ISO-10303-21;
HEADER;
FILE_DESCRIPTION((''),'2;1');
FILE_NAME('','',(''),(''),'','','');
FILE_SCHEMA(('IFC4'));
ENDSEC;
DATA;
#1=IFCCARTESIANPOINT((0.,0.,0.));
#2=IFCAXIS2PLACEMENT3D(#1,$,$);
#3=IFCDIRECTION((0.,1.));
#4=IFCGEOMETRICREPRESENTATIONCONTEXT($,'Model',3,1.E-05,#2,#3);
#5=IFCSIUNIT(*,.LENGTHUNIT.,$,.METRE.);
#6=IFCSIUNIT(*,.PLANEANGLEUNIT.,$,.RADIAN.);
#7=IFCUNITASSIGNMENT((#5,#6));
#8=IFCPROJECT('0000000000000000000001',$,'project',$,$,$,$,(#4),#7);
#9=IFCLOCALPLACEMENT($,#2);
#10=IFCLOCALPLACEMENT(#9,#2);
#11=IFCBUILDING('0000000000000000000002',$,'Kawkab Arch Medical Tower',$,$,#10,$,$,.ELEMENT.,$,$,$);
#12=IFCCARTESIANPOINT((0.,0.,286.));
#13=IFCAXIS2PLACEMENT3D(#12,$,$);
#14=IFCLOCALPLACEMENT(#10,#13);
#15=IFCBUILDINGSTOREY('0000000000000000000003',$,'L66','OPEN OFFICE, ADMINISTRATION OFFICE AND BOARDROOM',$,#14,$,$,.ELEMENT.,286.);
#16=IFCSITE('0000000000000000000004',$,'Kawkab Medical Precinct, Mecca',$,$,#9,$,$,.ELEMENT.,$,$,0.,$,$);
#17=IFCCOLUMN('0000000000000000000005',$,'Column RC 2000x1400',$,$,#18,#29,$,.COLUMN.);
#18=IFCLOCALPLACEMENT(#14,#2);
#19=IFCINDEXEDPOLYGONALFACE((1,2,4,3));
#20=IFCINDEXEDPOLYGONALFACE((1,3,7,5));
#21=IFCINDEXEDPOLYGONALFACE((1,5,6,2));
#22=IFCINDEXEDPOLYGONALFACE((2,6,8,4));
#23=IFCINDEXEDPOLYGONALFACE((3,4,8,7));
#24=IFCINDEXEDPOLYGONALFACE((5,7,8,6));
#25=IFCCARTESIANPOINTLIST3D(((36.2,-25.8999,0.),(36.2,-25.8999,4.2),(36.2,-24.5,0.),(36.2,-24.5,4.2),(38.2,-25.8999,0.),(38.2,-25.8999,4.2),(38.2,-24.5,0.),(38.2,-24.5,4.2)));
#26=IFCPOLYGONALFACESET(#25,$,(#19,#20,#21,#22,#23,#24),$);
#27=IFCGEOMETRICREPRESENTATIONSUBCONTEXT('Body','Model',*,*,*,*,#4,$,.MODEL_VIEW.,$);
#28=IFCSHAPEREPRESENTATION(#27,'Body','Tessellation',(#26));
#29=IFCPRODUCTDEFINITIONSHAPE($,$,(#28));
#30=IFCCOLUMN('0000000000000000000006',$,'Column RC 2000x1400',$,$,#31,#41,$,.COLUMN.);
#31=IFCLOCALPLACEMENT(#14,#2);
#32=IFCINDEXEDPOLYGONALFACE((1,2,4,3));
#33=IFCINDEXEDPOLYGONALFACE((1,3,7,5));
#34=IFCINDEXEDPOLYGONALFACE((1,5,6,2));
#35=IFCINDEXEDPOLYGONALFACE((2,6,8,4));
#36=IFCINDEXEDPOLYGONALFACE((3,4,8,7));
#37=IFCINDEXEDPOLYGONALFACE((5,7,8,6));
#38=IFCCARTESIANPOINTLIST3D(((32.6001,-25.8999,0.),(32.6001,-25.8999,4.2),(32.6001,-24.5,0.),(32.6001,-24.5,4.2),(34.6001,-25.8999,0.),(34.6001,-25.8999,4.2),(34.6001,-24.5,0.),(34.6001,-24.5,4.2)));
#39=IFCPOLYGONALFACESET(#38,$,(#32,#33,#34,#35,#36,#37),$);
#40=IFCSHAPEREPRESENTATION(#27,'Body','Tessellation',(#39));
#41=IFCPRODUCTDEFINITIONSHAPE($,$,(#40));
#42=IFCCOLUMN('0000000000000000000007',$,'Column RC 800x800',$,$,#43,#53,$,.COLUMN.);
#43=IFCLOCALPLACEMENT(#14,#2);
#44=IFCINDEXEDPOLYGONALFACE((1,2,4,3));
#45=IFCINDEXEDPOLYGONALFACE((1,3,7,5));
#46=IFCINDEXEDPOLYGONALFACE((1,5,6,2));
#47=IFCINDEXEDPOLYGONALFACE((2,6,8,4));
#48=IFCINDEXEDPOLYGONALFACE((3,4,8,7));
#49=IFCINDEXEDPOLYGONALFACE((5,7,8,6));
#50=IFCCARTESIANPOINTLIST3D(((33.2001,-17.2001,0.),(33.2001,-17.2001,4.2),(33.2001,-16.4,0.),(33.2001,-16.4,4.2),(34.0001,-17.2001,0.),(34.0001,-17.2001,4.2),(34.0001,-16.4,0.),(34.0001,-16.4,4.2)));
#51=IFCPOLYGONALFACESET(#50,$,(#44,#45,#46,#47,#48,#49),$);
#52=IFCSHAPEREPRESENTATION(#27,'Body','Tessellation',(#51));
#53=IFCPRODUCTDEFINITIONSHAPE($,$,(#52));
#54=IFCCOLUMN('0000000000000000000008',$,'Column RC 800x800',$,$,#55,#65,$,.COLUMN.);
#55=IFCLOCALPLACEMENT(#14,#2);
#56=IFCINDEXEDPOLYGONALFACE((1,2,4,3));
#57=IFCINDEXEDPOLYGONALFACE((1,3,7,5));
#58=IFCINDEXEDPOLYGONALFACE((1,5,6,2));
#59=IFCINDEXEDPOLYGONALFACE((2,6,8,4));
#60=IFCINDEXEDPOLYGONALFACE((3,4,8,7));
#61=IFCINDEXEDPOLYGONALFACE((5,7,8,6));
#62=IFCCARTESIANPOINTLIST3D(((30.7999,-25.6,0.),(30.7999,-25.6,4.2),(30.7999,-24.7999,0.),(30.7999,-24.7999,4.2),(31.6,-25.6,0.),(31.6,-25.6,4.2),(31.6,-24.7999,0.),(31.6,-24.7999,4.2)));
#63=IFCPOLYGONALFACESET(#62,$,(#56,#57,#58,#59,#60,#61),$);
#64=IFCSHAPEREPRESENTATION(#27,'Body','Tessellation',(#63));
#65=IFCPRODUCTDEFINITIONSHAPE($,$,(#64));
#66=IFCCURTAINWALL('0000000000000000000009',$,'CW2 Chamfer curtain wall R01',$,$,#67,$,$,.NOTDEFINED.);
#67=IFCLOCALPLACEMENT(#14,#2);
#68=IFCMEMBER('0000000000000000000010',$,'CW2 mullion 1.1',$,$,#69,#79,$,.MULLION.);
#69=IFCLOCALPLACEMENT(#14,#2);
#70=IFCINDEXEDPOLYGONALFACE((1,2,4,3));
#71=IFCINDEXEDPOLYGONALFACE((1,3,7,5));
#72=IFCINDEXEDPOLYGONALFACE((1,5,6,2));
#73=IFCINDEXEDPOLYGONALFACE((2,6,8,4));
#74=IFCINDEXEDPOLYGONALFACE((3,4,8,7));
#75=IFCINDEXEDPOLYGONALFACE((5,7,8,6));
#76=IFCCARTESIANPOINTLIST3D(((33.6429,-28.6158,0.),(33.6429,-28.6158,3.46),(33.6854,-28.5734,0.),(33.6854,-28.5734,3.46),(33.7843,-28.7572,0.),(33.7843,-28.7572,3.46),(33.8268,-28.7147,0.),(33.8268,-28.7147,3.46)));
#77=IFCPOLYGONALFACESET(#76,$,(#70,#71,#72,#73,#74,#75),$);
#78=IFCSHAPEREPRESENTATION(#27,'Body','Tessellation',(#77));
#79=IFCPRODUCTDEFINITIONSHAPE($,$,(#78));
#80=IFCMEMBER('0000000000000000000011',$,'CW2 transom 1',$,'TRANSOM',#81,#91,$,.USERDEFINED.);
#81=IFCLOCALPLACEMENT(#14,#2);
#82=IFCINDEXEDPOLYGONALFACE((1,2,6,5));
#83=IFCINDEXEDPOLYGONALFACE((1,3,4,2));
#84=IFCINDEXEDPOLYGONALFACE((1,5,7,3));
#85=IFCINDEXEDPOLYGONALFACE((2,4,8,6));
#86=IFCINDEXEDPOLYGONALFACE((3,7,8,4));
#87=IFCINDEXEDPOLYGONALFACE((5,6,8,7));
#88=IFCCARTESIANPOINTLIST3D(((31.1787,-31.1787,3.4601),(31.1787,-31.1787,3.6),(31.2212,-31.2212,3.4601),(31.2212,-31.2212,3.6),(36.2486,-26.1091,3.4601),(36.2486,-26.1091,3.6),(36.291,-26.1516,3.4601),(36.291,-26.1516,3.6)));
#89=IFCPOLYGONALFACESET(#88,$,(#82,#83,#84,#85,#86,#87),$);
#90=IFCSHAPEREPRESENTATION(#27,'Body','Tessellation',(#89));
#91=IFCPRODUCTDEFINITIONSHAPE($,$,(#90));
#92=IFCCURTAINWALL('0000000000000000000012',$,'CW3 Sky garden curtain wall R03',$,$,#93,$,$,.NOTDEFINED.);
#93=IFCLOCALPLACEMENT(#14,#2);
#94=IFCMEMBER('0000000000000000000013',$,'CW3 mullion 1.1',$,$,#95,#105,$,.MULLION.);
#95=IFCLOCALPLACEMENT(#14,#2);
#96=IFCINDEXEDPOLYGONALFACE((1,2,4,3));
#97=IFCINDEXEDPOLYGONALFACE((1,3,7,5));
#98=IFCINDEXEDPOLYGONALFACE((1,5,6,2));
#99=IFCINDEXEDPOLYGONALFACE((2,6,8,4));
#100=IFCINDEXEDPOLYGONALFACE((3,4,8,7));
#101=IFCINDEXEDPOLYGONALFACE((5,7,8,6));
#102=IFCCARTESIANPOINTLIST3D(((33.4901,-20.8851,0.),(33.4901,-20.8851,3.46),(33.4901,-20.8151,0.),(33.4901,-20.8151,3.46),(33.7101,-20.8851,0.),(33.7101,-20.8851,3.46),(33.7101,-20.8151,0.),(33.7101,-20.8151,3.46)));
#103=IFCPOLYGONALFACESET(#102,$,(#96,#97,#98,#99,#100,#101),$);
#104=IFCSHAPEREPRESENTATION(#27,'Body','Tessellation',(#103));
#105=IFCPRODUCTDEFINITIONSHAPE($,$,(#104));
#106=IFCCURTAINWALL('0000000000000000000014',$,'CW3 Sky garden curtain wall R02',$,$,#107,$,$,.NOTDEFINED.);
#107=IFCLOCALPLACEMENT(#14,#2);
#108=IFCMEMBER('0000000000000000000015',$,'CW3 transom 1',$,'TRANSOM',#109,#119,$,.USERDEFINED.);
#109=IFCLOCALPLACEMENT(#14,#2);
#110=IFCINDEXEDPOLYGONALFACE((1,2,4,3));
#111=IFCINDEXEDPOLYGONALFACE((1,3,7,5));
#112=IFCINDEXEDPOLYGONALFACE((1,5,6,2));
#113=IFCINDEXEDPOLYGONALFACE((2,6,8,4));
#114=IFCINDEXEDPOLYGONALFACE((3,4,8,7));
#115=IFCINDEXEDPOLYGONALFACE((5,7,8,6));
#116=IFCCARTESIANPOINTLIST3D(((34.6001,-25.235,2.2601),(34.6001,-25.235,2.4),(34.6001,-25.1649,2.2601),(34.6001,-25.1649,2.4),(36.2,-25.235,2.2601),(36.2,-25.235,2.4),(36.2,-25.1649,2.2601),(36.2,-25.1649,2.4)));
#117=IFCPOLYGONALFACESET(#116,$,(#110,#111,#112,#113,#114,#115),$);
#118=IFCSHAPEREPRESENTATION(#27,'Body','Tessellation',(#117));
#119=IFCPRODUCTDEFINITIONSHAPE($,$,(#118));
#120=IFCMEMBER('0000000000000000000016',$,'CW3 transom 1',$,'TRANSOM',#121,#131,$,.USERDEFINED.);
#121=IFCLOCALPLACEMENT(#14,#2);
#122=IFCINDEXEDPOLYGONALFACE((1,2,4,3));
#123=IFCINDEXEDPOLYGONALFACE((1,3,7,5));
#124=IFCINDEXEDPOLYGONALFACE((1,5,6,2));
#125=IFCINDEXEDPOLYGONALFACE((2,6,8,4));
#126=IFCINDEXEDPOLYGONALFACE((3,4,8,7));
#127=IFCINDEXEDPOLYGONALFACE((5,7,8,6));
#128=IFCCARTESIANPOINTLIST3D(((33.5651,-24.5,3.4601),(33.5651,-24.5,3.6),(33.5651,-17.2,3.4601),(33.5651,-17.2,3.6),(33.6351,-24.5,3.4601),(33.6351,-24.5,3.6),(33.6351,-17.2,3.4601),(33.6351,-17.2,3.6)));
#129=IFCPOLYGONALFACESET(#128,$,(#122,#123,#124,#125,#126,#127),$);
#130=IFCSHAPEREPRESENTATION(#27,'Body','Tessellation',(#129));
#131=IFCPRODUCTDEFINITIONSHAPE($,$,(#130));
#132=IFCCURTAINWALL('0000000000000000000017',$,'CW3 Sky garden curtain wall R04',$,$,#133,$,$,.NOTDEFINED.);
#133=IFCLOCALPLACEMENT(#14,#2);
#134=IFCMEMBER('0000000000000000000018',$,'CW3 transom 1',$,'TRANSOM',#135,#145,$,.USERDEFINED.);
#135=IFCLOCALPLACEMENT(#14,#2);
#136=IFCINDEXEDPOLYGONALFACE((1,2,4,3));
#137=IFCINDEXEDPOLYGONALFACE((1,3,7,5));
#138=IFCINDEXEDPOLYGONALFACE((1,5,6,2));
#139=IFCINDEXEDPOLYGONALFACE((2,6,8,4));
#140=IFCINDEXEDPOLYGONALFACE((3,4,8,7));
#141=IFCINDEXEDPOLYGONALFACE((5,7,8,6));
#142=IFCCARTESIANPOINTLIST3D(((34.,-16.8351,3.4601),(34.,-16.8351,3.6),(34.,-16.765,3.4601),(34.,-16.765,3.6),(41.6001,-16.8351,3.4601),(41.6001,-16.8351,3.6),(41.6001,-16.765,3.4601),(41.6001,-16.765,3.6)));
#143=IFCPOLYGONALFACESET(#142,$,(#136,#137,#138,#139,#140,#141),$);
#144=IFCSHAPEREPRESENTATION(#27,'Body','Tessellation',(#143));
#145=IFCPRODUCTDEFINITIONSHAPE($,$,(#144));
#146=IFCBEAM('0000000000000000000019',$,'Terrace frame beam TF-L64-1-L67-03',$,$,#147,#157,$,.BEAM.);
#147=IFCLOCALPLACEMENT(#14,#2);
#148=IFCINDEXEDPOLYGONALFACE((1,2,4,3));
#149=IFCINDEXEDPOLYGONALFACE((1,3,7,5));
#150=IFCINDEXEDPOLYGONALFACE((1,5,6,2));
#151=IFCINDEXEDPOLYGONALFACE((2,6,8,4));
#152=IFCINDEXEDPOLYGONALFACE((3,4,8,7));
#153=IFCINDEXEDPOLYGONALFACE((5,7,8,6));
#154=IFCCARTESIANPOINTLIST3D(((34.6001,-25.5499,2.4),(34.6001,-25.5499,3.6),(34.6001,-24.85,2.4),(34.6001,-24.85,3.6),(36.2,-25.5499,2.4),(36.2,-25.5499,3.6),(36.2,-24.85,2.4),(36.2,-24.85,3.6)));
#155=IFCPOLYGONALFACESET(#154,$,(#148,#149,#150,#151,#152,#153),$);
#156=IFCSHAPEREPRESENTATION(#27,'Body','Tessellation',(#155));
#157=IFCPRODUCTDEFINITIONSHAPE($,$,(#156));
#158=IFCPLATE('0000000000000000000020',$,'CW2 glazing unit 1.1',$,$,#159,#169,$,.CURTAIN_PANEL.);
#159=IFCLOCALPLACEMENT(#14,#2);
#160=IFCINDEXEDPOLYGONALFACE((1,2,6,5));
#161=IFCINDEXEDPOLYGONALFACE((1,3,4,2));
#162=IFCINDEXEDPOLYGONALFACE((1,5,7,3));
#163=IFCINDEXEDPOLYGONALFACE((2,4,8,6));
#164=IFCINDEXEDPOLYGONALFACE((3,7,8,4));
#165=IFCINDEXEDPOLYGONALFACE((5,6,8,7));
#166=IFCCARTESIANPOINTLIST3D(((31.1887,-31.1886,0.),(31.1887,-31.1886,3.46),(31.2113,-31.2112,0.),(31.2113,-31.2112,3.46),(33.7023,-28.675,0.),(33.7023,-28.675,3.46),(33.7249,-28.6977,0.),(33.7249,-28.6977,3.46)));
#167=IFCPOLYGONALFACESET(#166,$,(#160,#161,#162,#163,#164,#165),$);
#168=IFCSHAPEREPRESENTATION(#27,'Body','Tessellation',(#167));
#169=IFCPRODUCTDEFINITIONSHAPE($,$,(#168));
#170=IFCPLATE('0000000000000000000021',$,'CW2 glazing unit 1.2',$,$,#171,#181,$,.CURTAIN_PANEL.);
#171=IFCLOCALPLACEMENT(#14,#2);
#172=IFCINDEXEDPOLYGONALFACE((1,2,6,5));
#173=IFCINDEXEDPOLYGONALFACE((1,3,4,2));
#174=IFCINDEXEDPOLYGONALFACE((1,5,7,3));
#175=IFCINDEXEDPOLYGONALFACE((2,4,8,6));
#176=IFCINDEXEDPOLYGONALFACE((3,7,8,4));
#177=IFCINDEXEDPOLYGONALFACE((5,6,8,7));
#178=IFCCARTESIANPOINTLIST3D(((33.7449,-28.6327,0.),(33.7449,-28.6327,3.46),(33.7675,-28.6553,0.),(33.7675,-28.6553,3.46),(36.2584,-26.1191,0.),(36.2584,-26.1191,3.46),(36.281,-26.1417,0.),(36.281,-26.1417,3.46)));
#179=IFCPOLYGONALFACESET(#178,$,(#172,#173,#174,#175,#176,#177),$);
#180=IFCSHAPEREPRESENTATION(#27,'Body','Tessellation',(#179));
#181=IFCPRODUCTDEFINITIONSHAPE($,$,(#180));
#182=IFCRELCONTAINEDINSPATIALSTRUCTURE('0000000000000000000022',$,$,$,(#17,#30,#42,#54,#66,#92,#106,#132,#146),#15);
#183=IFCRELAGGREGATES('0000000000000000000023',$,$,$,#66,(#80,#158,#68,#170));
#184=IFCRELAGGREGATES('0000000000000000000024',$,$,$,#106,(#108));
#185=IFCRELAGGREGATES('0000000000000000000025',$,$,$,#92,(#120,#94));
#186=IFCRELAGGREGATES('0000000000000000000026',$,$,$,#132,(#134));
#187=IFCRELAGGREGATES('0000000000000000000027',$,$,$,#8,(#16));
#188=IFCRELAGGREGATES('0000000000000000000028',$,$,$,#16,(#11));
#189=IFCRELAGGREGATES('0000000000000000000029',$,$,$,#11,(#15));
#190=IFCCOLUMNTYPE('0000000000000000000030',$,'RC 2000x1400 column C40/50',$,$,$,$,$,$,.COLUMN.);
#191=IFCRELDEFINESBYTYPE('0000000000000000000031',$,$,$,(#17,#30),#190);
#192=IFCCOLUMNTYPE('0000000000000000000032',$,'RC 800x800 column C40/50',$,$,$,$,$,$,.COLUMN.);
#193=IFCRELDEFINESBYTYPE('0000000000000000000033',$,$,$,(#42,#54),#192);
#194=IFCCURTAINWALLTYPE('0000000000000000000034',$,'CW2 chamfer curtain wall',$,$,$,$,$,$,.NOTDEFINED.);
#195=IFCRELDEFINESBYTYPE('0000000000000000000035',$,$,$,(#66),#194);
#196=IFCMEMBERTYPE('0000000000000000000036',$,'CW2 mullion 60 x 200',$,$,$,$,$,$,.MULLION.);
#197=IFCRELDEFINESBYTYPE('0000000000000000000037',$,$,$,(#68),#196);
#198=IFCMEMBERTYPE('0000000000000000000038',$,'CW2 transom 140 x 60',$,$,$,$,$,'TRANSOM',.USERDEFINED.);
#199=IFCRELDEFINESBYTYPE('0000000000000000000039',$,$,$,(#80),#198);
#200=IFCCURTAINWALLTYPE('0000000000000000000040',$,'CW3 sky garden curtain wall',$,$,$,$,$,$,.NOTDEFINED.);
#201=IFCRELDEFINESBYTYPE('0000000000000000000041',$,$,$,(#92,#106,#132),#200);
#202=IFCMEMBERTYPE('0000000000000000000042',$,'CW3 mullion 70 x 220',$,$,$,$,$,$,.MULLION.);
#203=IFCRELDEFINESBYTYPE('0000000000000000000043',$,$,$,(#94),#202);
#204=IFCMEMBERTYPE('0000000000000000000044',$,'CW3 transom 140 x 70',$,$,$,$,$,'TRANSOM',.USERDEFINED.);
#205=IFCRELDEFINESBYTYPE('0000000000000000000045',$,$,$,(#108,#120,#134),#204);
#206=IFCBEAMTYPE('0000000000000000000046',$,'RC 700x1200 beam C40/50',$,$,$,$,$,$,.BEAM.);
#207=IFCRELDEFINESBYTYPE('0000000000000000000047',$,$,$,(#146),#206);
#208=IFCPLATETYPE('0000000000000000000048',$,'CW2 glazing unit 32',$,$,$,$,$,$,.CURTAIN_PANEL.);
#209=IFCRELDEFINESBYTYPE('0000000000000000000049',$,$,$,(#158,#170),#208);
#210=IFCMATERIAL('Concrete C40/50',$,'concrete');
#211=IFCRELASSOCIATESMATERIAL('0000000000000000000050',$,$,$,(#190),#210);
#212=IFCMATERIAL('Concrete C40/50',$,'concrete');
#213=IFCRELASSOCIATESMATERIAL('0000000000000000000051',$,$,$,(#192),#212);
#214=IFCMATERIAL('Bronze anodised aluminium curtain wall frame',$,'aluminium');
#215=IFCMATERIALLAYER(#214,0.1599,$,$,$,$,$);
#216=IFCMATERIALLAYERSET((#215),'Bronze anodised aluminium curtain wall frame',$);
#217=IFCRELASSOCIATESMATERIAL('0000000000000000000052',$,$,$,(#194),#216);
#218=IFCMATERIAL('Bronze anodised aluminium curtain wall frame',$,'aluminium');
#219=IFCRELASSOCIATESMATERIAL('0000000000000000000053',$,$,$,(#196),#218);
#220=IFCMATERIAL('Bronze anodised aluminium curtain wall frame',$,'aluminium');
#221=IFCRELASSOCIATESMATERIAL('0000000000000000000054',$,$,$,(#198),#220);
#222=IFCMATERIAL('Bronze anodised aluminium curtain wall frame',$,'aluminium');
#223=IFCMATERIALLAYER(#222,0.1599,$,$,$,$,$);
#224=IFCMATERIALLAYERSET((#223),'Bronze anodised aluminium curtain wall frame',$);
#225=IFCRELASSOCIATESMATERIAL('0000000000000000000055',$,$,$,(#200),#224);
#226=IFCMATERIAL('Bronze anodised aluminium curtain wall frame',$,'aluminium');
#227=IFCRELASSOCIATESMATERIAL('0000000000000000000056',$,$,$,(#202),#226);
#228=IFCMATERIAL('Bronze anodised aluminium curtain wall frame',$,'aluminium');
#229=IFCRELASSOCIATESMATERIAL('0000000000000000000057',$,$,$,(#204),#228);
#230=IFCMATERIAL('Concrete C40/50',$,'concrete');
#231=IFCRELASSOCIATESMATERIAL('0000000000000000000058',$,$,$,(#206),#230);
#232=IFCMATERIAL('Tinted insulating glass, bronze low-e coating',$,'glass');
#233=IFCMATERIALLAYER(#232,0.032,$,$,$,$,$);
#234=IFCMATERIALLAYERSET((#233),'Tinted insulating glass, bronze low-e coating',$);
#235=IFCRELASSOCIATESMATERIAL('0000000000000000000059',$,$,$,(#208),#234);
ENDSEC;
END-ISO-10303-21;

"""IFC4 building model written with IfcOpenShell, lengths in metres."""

from ifc_helpers import new_model, si_unit, direction, frame, origin, origin_2d, place, context, subcontext, project, spatial, rectangle, extrude, material, layer, layer_set, material_profile, profile_set, type_object, element, aggregate, save


model = new_model("IFC4")

# Units and contexts
model_context = context("Model", 3, precision=1e-05, world=origin(), true_north=direction((0.0, 1.0)))
body_context = subcontext(model_context, "Body", "Model", "MODEL_VIEW")
ifc_project = project(units=[si_unit("LENGTHUNIT", "METRE"), si_unit("PLANEANGLEUNIT", "RADIAN")], contexts=[model_context])

# Site, building, storey
site_placement = place(None, origin())
site = spatial("IfcSite", under=ifc_project, at=site_placement, Name="Kawkab Medical Precinct, Mecca", CompositionType="ELEMENT", RefElevation=0.0)
building_placement = place(site_placement, origin())
building = spatial("IfcBuilding", under=site, at=building_placement, Name="Kawkab Arch Medical Tower", CompositionType="ELEMENT")
storey_placement = place(building_placement, frame((0.0, 0.0, 286.0)))
storey = spatial("IfcBuildingStorey", under=building, at=storey_placement, Name="L66", Description="OPEN OFFICE, ADMINISTRATION OFFICE AND BOARDROOM", CompositionType="ELEMENT", Elevation=286.0)

# Columns
ifc_material_1 = material(Name="Concrete C40/50", Category="concrete")
ifc_material_profile_1 = material_profile(ifc_material_1, rectangle(XDim=2.0, YDim=1.3999, at=origin_2d()), Name="RC 2000x1400")
ifc_profile_set_1 = profile_set([ifc_material_profile_1], Name="Concrete C40/50")
column_type_1 = type_object("IfcColumnType", Name="RC 2000x1400 column C40/50", PredefinedType="COLUMN", material=ifc_profile_set_1)
for number, where, z_axis, x_axis, name in (
    (1, (37.2, -25.2, 0.0), (0.0, 0.0, 1.0), (-1.0, 0.0, 0.0), "Column RC 2000x1400"),
    (2, (33.6001, -25.2, 0.0), (0.0, 0.0, 1.0), (-1.0, 0.0, 0.0), "Column RC 2000x1400"),
):
    element("IfcColumn", number, at=place(storey_placement, frame(where, z_axis=z_axis, x_axis=x_axis)), inside=storey, type_object=column_type_1, Name=name, PredefinedType="COLUMN", context=body_context, shape_type="SweptSolid", body=[
        extrude(rectangle(XDim=2.0, YDim=1.3999, at=origin_2d()), origin(), (0.0, 0.0, 1.0), 4.2),
    ])
ifc_material_2 = material(Name="Concrete C40/50", Category="concrete")
ifc_material_profile_2 = material_profile(ifc_material_2, rectangle(XDim=0.8, YDim=0.8, at=origin_2d()), Name="RC 800x800")
ifc_profile_set_2 = profile_set([ifc_material_profile_2], Name="Concrete C40/50")
column_type_2 = type_object("IfcColumnType", Name="RC 800x800 column C40/50", PredefinedType="COLUMN", material=ifc_profile_set_2)
for number, where, z_axis, x_axis, name in (
    (3, (33.6001, -16.8, 0.0), (0.0, 0.0, 1.0), (1.0, 0.0, 0.0), "Column RC 800x800"),
    (4, (31.2, -25.2, 0.0), (0.0, 0.0, 1.0), (1.0, 0.0, 0.0), "Column RC 800x800"),
):
    element("IfcColumn", number, at=place(storey_placement, frame(where, z_axis=z_axis, x_axis=x_axis)), inside=storey, type_object=column_type_2, Name=name, PredefinedType="COLUMN", context=body_context, shape_type="SweptSolid", body=[
        extrude(rectangle(XDim=0.8, YDim=0.8, at=origin_2d()), origin(), (0.0, 0.0, 1.0), 4.2),
    ])

# Curtain wall, members
ifc_material_3 = material(Name="Bronze anodised aluminium curtain wall frame", Category="aluminium")
ifc_layer_1 = layer(ifc_material_3, 0.1599)
ifc_layer_set_1 = layer_set([ifc_layer_1], Name="Bronze anodised aluminium curtain wall frame")
curtain_wall_type_1 = type_object("IfcCurtainWallType", Name="CW2 chamfer curtain wall", PredefinedType="NOTDEFINED", material=ifc_layer_set_1)
placement = place(storey_placement, origin())
curtain_wall_1 = element("IfcCurtainWall", 5, at=placement, inside=storey, type_object=curtain_wall_type_1, Name="CW2 Chamfer curtain wall R01", PredefinedType="NOTDEFINED")
ifc_material_4 = material(Name="Bronze anodised aluminium curtain wall frame", Category="aluminium")
ifc_material_profile_3 = material_profile(ifc_material_4, rectangle(XDim=0.2, YDim=0.0601, at=origin_2d()), Name="AL 60x200")
ifc_profile_set_3 = profile_set([ifc_material_profile_3], Name="Bronze anodised aluminium curtain wall frame")
member_type_1 = type_object("IfcMemberType", Name="CW2 mullion 60 x 200", PredefinedType="MULLION", material=ifc_profile_set_3)
member_1_placement = place(storey_placement, frame((33.7349, -28.6653, 0.0), z_axis=(0.0, 0.0, 1.0), x_axis=(-0.707107, 0.707107, 0.0)))
member_1 = element("IfcMember", 6, at=member_1_placement, type_object=member_type_1, Name="CW2 mullion 1.1", PredefinedType="MULLION", context=body_context, shape_type="SweptSolid", body=[
    extrude(rectangle(XDim=0.2, YDim=0.0601, at=origin_2d()), origin(), (0.0, 0.0, 1.0), 3.46),
])
ifc_material_5 = material(Name="Bronze anodised aluminium curtain wall frame", Category="aluminium")
ifc_material_profile_4 = material_profile(ifc_material_5, rectangle(XDim=0.0601, YDim=0.1399, at=origin_2d()), Name="AL 60x140")
ifc_profile_set_4 = profile_set([ifc_material_profile_4], Name="Bronze anodised aluminium curtain wall frame")
member_type_2 = type_object("IfcMemberType", Name="CW2 transom 140 x 60", ElementType="TRANSOM", PredefinedType="USERDEFINED", material=ifc_profile_set_4)
member_2_placement = place(storey_placement, frame((31.2, -31.2, 3.53), z_axis=(0.707124, 0.70709, 0.0), x_axis=(-0.70709, 0.707124, 0.0)))
member_2 = element("IfcMember", 7, at=member_2_placement, type_object=member_type_2, Name="CW2 transom 1", ObjectType="TRANSOM", PredefinedType="USERDEFINED", context=body_context, shape_type="SweptSolid", body=[
    extrude(rectangle(XDim=0.0601, YDim=0.1399, at=origin_2d()), origin(), (0.0, 0.0, 1.0), 7.1697),
])

# Curtain walls, members
ifc_material_6 = material(Name="Bronze anodised aluminium curtain wall frame", Category="aluminium")
ifc_layer_2 = layer(ifc_material_6, 0.1599)
ifc_layer_set_2 = layer_set([ifc_layer_2], Name="Bronze anodised aluminium curtain wall frame")
curtain_wall_type_2 = type_object("IfcCurtainWallType", Name="CW3 sky garden curtain wall", PredefinedType="NOTDEFINED", material=ifc_layer_set_2)
curtain_wall_2 = element("IfcCurtainWall", 8, at=placement, inside=storey, type_object=curtain_wall_type_2, Name="CW3 Sky garden curtain wall R03", PredefinedType="NOTDEFINED")
ifc_material_7 = material(Name="Bronze anodised aluminium curtain wall frame", Category="aluminium")
ifc_material_profile_5 = material_profile(ifc_material_7, rectangle(XDim=0.22, YDim=0.0701, at=origin_2d()), Name="AL 70x220")
ifc_profile_set_5 = profile_set([ifc_material_profile_5], Name="Bronze anodised aluminium curtain wall frame")
member_type_3 = type_object("IfcMemberType", Name="CW3 mullion 70 x 220", PredefinedType="MULLION", material=ifc_profile_set_5)
member_3_placement = place(storey_placement, frame((33.6001, -20.8501, 0.0), z_axis=(0.0, 0.0, 1.0), x_axis=(-1.0, 0.0, 0.0)))
member_3 = element("IfcMember", 9, at=member_3_placement, type_object=member_type_3, Name="CW3 mullion 1.1", PredefinedType="MULLION", context=body_context, shape_type="SweptSolid", body=[
    extrude(rectangle(XDim=0.22, YDim=0.0701, at=origin_2d()), origin(), (0.0, 0.0, 1.0), 3.46),
])
curtain_wall_3 = element("IfcCurtainWall", 10, at=placement, inside=storey, type_object=curtain_wall_type_2, Name="CW3 Sky garden curtain wall R02", PredefinedType="NOTDEFINED")
ifc_material_8 = material(Name="Bronze anodised aluminium curtain wall frame", Category="aluminium")
ifc_material_profile_6 = material_profile(ifc_material_8, rectangle(XDim=0.0701, YDim=0.1399, at=origin_2d()), Name="AL 70x140")
ifc_profile_set_6 = profile_set([ifc_material_profile_6], Name="Bronze anodised aluminium curtain wall frame")
member_type_4 = type_object("IfcMemberType", Name="CW3 transom 140 x 70", ElementType="TRANSOM", PredefinedType="USERDEFINED", material=ifc_profile_set_6)
member_4_placement = place(storey_placement, frame((36.2, -25.2, 2.3301), z_axis=(-1.0, 0.0, 0.0), x_axis=(0.0, -1.0, 0.0)))
member_4 = element("IfcMember", 11, at=member_4_placement, type_object=member_type_4, Name="CW3 transom 1", ObjectType="TRANSOM", PredefinedType="USERDEFINED", context=body_context, shape_type="SweptSolid", body=[
    extrude(rectangle(XDim=0.0701, YDim=0.1399, at=origin_2d()), origin(), (0.0, 0.0, 1.0), 1.5999),
])

# Member
member_5_placement = place(storey_placement, frame((33.6001, -24.5, 3.53), z_axis=(0.0, 1.0, 0.0), x_axis=(-1.0, 0.0, 0.0)))
member_5 = element("IfcMember", 12, at=member_5_placement, type_object=member_type_4, Name="CW3 transom 1", ObjectType="TRANSOM", PredefinedType="USERDEFINED", context=body_context, shape_type="SweptSolid", body=[
    extrude(rectangle(XDim=0.0701, YDim=0.1399, at=origin_2d()), origin(), (0.0, 0.0, 1.0), 7.3),
])

# Curtain wall, member
curtain_wall_4 = element("IfcCurtainWall", 13, at=placement, inside=storey, type_object=curtain_wall_type_2, Name="CW3 Sky garden curtain wall R04", PredefinedType="NOTDEFINED")
member_6_placement = place(storey_placement, frame((34.0, -16.8, 3.53), z_axis=(1.0, 0.0, 0.0), x_axis=(0.0, 1.0, 0.0)))
member_6 = element("IfcMember", 14, at=member_6_placement, type_object=member_type_4, Name="CW3 transom 1", ObjectType="TRANSOM", PredefinedType="USERDEFINED", context=body_context, shape_type="SweptSolid", body=[
    extrude(rectangle(XDim=0.0701, YDim=0.1399, at=origin_2d()), origin(), (0.0, 0.0, 1.0), 7.6001),
])

# Beam
ifc_material_9 = material(Name="Concrete C40/50", Category="concrete")
ifc_material_profile_7 = material_profile(ifc_material_9, rectangle(XDim=0.7, YDim=1.2, at=origin_2d()), Name="RC 700x1200")
ifc_profile_set_7 = profile_set([ifc_material_profile_7], Name="Concrete C40/50")
beam_type = type_object("IfcBeamType", Name="RC 700x1200 beam C40/50", PredefinedType="BEAM", material=ifc_profile_set_7)
beam_placement = place(storey_placement, frame((36.2, -25.2, 3.0), z_axis=(-1.0, 0.0, 0.0), x_axis=(0.0, -1.0, 0.0)))
element("IfcBeam", 15, at=beam_placement, inside=storey, type_object=beam_type, Name="Terrace frame beam TF-L64-1-L67-03", PredefinedType="BEAM", context=body_context, shape_type="SweptSolid", body=[
    extrude(rectangle(XDim=0.7, YDim=1.2, at=origin_2d()), origin(), (0.0, 0.0, 1.0), 1.5999),
])

# Plates
ifc_material_10 = material(Name="Tinted insulating glass, bronze low-e coating", Category="glass")
ifc_layer_3 = layer(ifc_material_10, 0.032)
ifc_layer_set_3 = layer_set([ifc_layer_3], Name="Tinted insulating glass, bronze low-e coating")
plate_type_1 = type_object("IfcPlateType", Name="CW2 glazing unit 32", PredefinedType="CURTAIN_PANEL", material=ifc_layer_set_3)
plate_1_placement = place(storey_placement, frame((32.4568, -29.9431, 0.0), z_axis=(0.0, 0.0, 1.0), x_axis=(0.707107, 0.707107, 0.0)))
plate_1 = element("IfcPlate", 16, at=plate_1_placement, type_object=plate_type_1, Name="CW2 glazing unit 1.1", PredefinedType="CURTAIN_PANEL", context=body_context, shape_type="SweptSolid", body=[
    extrude(rectangle(XDim=3.5547, YDim=0.032, at=origin_2d()), origin(), (0.0, 0.0, 1.0), 3.46),
])
plate_2_placement = place(storey_placement, frame((35.0129, -27.3872, 0.0), z_axis=(0.0, 0.0, 1.0), x_axis=(0.707107, 0.707107, 0.0)))
plate_2 = element("IfcPlate", 17, at=plate_2_placement, type_object=plate_type_1, Name="CW2 glazing unit 1.2", PredefinedType="CURTAIN_PANEL", context=body_context, shape_type="SweptSolid", body=[
    extrude(rectangle(XDim=3.5547, YDim=0.032, at=origin_2d()), origin(), (0.0, 0.0, 1.0), 3.46),
])
aggregate(curtain_wall_1, [member_2, plate_1, member_1, plate_2])
aggregate(curtain_wall_3, [member_4])
aggregate(curtain_wall_2, [member_5, member_3])
aggregate(curtain_wall_4, [member_6])

save(model, "model.ifc")
